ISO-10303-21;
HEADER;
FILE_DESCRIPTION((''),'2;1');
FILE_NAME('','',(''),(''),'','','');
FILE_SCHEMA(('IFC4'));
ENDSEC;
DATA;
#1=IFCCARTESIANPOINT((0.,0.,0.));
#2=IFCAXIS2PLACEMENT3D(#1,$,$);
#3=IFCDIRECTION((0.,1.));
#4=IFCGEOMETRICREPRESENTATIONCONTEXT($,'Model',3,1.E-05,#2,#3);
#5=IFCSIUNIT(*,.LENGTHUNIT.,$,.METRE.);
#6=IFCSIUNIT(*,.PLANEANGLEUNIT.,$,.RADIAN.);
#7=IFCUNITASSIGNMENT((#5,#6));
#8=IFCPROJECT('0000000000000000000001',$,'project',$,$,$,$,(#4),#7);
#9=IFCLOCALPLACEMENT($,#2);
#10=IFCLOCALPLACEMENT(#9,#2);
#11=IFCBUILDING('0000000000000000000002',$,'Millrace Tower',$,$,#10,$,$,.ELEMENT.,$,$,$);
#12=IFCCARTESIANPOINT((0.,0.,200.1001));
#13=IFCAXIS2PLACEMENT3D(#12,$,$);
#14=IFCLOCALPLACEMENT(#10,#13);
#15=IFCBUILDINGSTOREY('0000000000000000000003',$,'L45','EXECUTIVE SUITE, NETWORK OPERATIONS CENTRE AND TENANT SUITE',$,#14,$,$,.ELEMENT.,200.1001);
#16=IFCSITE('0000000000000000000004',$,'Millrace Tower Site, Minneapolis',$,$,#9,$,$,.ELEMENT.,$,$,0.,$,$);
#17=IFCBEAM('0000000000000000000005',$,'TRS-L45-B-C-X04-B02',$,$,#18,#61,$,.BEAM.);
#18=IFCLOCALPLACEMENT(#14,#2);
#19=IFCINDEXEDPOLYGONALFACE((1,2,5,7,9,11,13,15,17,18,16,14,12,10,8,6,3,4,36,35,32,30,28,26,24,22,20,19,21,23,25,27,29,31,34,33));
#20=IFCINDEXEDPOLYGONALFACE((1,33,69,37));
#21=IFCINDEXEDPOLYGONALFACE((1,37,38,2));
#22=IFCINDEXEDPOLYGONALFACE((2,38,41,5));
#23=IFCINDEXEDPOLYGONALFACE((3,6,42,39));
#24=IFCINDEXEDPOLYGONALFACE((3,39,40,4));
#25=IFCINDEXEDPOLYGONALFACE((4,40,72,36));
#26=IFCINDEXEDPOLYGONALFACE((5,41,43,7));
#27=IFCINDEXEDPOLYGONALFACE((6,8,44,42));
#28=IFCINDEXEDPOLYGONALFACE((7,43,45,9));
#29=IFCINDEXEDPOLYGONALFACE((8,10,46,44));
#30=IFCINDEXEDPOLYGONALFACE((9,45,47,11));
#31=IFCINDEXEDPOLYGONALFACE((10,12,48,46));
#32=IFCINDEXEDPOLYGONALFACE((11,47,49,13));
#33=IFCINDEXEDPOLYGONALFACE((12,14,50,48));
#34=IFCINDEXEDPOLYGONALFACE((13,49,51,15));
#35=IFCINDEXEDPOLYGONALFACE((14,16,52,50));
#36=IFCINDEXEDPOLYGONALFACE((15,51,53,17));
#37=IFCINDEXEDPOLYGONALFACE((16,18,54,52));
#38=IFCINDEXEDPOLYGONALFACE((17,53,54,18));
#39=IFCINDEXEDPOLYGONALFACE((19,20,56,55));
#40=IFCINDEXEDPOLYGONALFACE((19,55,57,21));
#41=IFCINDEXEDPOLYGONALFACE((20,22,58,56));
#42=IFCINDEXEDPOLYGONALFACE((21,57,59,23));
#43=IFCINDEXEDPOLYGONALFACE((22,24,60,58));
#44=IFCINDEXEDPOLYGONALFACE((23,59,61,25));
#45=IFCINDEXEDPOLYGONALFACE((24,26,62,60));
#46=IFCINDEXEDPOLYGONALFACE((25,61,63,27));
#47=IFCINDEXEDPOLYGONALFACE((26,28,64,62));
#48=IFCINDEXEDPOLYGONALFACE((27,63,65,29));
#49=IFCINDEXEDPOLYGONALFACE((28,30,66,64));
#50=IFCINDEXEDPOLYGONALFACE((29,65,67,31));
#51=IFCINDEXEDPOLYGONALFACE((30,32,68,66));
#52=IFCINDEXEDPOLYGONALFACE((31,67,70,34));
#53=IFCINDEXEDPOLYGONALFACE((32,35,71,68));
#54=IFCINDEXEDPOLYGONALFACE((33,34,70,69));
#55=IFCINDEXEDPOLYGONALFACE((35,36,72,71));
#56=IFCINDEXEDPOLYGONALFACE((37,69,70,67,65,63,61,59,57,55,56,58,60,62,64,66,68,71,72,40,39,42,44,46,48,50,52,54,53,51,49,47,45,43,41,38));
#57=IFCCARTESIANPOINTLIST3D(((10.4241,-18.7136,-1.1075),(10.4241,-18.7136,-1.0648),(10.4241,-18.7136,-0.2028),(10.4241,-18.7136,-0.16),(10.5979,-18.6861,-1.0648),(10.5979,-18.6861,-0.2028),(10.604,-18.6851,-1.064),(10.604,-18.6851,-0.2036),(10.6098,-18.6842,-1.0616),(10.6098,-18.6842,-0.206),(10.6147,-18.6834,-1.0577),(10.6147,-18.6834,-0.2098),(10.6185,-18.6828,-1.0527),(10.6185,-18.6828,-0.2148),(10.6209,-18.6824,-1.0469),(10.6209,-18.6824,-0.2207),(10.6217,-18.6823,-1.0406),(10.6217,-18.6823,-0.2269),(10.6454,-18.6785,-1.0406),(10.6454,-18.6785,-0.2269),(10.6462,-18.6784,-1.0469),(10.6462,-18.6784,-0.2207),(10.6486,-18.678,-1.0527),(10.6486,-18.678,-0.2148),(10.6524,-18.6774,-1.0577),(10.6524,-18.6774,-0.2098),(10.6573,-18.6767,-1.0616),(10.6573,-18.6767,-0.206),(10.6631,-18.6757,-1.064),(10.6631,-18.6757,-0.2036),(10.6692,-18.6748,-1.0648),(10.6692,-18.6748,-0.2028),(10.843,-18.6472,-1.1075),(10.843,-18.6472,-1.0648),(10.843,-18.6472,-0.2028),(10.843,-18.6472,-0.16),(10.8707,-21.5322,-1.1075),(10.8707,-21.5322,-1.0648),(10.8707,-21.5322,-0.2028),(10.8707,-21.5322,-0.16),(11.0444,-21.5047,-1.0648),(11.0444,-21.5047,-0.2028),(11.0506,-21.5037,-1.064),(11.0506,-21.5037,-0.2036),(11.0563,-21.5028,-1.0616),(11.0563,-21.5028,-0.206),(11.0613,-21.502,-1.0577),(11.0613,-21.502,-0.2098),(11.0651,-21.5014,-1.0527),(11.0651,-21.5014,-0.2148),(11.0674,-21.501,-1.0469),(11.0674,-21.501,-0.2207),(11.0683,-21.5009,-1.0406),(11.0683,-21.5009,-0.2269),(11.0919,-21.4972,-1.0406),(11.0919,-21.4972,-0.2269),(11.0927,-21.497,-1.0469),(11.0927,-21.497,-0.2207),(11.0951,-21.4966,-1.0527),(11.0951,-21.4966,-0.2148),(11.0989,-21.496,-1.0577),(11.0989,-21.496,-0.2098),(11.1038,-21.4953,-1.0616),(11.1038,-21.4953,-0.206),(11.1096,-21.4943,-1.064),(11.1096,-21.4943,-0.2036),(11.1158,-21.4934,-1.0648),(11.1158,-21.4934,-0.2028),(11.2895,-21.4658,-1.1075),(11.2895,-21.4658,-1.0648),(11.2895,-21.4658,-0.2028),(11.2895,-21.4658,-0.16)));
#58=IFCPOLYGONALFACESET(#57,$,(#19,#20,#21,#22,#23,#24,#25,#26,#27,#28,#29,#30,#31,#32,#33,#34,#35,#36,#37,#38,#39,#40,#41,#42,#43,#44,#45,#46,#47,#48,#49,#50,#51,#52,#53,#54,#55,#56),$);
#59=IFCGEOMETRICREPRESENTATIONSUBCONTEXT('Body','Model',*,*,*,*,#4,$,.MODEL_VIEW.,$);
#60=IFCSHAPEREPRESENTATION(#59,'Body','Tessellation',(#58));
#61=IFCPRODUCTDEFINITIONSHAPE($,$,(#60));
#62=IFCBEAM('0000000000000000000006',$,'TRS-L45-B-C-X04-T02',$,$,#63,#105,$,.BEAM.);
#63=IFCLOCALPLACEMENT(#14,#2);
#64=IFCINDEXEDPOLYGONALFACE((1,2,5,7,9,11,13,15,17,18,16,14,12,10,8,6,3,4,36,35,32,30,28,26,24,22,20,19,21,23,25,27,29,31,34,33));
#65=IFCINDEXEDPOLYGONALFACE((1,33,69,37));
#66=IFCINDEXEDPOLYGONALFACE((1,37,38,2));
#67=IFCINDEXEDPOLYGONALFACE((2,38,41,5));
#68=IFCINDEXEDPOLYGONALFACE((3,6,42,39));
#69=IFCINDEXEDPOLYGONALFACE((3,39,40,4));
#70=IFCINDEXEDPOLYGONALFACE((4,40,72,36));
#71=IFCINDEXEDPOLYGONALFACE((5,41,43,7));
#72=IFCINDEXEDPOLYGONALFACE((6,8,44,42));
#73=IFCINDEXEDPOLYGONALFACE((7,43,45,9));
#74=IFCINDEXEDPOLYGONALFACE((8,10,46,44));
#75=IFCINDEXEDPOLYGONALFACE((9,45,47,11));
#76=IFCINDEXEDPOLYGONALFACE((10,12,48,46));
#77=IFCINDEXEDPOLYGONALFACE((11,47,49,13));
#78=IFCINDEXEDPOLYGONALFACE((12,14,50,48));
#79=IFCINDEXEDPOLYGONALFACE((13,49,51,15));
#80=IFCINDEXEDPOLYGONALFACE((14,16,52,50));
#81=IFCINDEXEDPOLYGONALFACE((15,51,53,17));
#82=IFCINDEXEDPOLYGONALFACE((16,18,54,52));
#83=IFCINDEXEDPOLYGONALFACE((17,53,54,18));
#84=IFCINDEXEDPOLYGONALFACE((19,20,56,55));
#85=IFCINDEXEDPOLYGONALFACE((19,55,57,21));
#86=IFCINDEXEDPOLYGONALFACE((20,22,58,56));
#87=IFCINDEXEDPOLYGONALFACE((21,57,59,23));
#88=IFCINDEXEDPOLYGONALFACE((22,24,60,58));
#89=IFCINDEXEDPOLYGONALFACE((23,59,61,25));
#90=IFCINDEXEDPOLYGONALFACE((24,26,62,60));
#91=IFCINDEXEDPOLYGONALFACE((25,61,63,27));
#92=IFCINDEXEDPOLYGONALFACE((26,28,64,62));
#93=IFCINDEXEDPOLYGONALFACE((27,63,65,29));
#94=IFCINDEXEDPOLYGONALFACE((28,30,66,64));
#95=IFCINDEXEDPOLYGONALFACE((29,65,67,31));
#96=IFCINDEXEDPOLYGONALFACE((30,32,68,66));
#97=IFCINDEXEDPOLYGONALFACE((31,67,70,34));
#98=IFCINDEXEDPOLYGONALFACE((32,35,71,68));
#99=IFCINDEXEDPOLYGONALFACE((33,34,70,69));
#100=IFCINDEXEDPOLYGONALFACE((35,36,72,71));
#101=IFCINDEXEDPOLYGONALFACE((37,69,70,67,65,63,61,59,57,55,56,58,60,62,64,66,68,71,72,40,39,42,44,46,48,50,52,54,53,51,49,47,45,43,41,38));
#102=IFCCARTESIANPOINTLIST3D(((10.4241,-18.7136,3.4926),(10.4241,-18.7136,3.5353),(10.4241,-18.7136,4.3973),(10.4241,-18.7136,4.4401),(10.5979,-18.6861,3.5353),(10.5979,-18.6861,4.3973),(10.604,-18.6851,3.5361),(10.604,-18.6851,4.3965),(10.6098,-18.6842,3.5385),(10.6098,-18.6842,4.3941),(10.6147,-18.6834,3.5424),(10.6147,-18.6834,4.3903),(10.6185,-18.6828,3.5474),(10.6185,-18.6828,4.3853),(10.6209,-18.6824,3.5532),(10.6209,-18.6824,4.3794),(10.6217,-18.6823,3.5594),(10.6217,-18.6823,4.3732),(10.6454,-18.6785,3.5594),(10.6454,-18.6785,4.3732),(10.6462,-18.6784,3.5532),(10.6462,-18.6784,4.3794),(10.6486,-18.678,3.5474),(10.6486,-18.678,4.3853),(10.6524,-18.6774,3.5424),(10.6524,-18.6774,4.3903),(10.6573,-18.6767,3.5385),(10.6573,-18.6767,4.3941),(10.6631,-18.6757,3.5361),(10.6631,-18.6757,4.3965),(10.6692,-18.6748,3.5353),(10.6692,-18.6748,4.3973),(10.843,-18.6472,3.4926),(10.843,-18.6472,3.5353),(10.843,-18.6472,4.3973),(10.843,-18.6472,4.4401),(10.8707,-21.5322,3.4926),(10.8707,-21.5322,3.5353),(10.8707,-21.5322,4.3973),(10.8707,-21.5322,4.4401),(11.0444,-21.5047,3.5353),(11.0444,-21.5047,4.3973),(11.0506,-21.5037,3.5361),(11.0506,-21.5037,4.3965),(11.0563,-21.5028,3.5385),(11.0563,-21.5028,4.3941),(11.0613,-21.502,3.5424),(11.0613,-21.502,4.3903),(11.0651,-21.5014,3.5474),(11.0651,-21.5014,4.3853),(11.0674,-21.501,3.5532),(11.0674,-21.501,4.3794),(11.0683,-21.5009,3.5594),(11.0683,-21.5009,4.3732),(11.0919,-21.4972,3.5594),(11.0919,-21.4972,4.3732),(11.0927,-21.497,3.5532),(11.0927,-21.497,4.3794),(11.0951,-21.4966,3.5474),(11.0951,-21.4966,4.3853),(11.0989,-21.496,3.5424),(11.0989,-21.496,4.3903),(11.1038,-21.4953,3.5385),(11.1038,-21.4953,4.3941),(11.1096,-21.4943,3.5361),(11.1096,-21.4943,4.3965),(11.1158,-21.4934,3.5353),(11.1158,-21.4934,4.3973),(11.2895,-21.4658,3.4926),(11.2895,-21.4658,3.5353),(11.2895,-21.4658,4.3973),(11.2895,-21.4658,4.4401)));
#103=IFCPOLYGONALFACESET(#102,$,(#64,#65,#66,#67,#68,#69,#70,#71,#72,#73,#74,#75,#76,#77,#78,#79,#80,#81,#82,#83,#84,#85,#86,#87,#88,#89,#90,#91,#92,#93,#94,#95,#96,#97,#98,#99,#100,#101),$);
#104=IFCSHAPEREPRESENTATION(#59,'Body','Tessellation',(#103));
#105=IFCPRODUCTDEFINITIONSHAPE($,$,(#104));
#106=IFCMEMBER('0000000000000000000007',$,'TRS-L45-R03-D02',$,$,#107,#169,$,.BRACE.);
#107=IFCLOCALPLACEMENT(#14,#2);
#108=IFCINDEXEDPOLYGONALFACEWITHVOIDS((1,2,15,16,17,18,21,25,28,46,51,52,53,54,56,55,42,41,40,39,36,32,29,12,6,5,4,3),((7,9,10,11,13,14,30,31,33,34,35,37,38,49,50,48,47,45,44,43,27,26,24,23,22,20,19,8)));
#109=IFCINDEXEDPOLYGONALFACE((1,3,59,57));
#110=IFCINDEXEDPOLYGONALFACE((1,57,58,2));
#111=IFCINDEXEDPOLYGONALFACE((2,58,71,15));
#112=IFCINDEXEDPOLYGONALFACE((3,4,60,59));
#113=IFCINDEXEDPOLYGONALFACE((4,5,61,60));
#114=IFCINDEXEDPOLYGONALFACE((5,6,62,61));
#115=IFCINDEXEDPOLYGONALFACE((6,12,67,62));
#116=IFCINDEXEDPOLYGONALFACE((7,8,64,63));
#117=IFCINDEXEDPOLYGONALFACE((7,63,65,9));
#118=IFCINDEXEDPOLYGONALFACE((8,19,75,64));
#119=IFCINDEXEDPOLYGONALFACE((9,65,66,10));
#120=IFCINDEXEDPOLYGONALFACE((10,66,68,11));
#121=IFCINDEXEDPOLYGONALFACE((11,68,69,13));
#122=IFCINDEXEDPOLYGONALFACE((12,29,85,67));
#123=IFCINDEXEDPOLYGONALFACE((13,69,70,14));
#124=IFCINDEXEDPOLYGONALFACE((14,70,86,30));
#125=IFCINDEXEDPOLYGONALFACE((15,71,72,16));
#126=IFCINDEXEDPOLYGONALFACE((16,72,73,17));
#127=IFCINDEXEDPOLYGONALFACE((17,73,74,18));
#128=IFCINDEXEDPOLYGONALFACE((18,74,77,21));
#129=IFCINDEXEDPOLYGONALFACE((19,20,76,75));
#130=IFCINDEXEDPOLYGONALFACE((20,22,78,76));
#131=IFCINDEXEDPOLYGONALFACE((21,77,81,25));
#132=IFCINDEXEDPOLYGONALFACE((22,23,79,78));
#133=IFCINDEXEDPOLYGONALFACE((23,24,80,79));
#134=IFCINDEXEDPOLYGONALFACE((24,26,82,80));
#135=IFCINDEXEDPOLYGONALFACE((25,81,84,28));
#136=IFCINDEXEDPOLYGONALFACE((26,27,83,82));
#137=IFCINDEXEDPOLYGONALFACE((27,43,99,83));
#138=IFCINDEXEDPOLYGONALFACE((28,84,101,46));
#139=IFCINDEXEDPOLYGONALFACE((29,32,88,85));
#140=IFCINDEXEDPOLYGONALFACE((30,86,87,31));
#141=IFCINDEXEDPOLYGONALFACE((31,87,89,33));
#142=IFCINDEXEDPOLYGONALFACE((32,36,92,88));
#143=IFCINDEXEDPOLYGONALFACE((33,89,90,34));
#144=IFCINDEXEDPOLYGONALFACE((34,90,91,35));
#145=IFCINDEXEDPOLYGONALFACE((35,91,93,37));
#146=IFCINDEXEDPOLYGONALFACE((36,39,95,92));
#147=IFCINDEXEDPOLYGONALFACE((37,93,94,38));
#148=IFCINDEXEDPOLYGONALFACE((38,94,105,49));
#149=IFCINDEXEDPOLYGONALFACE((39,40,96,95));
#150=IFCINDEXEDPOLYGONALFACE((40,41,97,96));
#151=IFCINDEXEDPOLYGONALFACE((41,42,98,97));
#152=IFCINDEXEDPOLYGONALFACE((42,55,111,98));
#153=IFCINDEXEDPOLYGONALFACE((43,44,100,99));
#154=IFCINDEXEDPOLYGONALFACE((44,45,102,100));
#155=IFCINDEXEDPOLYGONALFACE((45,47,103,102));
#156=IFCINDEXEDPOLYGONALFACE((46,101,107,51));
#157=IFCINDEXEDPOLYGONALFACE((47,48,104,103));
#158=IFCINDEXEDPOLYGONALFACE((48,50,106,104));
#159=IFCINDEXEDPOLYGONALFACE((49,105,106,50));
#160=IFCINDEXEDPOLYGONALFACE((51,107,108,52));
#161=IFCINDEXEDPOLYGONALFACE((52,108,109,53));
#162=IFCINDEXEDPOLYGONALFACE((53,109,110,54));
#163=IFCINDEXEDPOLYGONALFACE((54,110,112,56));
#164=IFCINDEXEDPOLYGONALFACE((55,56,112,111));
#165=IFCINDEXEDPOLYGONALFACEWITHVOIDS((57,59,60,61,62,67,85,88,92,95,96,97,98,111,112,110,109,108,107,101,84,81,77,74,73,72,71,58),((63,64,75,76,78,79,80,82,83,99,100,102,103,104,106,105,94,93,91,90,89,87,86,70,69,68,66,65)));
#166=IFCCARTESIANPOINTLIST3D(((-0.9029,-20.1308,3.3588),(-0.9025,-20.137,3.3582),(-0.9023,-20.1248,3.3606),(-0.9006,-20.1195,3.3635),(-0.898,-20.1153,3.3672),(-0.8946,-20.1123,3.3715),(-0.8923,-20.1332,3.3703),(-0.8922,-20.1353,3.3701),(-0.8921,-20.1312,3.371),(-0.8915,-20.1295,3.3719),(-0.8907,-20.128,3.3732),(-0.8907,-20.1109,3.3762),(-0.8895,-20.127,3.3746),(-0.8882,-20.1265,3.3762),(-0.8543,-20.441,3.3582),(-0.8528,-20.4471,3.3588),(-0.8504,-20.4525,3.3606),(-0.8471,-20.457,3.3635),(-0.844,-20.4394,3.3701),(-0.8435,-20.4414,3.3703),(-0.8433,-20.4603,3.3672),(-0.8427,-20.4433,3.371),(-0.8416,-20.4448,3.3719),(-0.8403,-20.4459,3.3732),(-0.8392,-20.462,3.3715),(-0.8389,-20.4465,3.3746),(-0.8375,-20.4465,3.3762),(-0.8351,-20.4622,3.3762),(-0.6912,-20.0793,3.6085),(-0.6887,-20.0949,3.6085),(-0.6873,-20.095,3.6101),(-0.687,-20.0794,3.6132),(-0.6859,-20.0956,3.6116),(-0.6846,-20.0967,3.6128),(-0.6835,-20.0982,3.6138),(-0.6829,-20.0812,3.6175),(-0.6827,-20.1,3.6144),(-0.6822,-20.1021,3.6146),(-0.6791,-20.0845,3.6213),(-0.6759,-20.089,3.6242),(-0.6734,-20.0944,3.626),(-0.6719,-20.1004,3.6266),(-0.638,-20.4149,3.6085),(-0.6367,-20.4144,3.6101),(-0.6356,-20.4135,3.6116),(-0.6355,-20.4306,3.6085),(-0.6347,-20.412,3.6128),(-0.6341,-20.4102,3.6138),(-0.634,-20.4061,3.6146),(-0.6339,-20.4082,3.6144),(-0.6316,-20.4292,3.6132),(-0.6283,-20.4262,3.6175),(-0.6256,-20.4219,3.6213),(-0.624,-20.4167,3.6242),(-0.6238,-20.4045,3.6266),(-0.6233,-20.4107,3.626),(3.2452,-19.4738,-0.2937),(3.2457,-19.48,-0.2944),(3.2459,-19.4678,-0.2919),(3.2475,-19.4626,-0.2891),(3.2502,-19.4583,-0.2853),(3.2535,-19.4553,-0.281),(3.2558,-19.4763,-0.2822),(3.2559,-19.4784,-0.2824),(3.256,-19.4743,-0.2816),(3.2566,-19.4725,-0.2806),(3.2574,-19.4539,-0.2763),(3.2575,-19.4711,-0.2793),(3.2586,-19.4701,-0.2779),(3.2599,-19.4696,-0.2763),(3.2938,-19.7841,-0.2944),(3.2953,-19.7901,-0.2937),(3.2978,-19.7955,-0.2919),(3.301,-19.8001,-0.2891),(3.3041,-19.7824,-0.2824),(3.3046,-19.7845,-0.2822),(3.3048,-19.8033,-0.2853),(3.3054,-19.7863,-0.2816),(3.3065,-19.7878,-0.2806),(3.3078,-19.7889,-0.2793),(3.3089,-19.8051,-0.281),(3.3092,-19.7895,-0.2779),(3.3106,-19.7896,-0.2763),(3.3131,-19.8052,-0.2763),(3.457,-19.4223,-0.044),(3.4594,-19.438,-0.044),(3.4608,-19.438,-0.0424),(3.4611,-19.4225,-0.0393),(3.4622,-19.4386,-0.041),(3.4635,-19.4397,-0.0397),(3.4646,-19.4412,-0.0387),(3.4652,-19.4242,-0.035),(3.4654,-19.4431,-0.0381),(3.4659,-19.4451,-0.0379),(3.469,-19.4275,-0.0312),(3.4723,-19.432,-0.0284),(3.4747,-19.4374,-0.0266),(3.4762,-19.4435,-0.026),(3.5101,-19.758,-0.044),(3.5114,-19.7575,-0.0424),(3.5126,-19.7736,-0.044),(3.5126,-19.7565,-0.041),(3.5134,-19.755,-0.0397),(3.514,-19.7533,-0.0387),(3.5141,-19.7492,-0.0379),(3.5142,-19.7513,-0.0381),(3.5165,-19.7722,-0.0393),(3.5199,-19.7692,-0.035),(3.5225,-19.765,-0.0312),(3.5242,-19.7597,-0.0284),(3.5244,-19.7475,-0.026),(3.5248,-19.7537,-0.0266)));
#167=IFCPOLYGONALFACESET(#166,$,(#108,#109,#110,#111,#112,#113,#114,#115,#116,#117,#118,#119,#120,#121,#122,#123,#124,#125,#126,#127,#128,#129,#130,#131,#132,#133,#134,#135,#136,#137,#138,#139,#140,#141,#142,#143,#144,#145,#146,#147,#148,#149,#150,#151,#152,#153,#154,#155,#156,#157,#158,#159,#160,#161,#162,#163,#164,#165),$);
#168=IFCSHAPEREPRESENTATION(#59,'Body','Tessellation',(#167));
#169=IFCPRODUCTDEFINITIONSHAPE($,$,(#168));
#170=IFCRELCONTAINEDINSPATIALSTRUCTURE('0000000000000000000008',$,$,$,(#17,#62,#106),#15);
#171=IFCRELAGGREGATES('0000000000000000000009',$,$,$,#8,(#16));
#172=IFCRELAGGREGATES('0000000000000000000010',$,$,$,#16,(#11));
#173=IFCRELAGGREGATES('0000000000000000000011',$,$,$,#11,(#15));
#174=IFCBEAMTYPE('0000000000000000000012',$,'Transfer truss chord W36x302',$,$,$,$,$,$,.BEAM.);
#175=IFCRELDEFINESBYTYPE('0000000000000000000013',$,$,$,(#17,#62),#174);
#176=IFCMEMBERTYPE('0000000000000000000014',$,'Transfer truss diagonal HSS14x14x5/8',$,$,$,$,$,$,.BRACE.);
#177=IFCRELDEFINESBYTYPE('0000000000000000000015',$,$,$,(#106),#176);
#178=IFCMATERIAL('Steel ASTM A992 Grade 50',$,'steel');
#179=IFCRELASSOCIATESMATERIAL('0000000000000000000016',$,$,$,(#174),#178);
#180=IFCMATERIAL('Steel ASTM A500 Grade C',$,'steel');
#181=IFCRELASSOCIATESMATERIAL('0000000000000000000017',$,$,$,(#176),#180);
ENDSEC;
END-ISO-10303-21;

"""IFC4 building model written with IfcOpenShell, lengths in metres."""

from ifc_helpers import new_model, si_unit, direction, frame, origin, origin_2d, place, context, subcontext, project, spatial, hollow_rectangle, i_section, extrude, material, material_profile, profile_set, type_object, element, save


model = new_model("IFC4")

# Units and contexts
model_context = context("Model", 3, precision=1e-05, world=origin(), true_north=direction((0.0, 1.0)))
body_context = subcontext(model_context, "Body", "Model", "MODEL_VIEW")
ifc_project = project(units=[si_unit("LENGTHUNIT", "METRE"), si_unit("PLANEANGLEUNIT", "RADIAN")], contexts=[model_context])

# Site, building, storey
site_placement = place(None, origin())
site = spatial("IfcSite", under=ifc_project, at=site_placement, Name="Millrace Tower Site, Minneapolis", CompositionType="ELEMENT", RefElevation=0.0)
building_placement = place(site_placement, origin())
building = spatial("IfcBuilding", under=site, at=building_placement, Name="Millrace Tower", CompositionType="ELEMENT")
storey_placement = place(building_placement, frame((0.0, 0.0, 200.1001)))
storey = spatial("IfcBuildingStorey", under=building, at=storey_placement, Name="L45", Description="EXECUTIVE SUITE, NETWORK OPERATIONS CENTRE AND TENANT SUITE", CompositionType="ELEMENT", Elevation=200.1001)

# Beams
ifc_material_1 = material(Name="Steel ASTM A992 Grade 50", Category="steel")
ifc_material_profile_1 = material_profile(ifc_material_1, i_section(OverallWidth=0.4241, OverallDepth=0.9475, WebThickness=0.0239, FlangeThickness=0.0427, FilletRadius=0.0242, at=origin_2d()))
ifc_profile_set_1 = profile_set([ifc_material_profile_1], Name="Steel ASTM A992 Grade 50")
beam_type = type_object("IfcBeamType", Name="Transfer truss chord W36x302", PredefinedType="BEAM", material=ifc_profile_set_1)
for number, where, z_axis, x_axis, name in (
    (1, (11.0801, -21.499, -0.6338), (-0.156472, 0.987682, 0.0), (-0.987682, -0.156472, 0.0), "TRS-L45-B-C-X04-B02"),
    (2, (11.0801, -21.499, 3.9663), (-0.156472, 0.987682, 0.0), (-0.987682, -0.156472, 0.0), "TRS-L45-B-C-X04-T02"),
):
    element("IfcBeam", number, at=place(storey_placement, frame(where, z_axis=z_axis, x_axis=x_axis)), inside=storey, type_object=beam_type, Name=name, PredefinedType="BEAM", context=body_context, shape_type="SweptSolid", body=[
        extrude(i_section(OverallWidth=0.4241, OverallDepth=0.9475, WebThickness=0.0239, FlangeThickness=0.0427, FilletRadius=0.0242, at=origin_2d()), origin(), (0.0, 0.0, 1.0), 2.8538),
    ])

# Member
ifc_material_2 = material(Name="Steel ASTM A500 Grade C", Category="steel")
ifc_material_profile_2 = material_profile(ifc_material_2, hollow_rectangle(XDim=0.3557, YDim=0.3557, WallThickness=0.0159, InnerFilletRadius=0.0081, OuterFilletRadius=0.0239, at=origin_2d()))
ifc_profile_set_2 = profile_set([ifc_material_profile_2], Name="Steel ASTM A500 Grade C")
member_type_1 = type_object("IfcMemberType", Name="Transfer truss diagonal HSS14x14x5/8", PredefinedType="BRACE", material=ifc_profile_set_2)
member_1_placement = place(storey_placement, frame((3.385, -19.6138, -0.1602), z_axis=(-0.745272, -0.118035, 0.65623), x_axis=(0.156428, -0.987689, 0.0)))
element("IfcMember", 3, at=member_1_placement, inside=storey, type_object=member_type_1, Name="TRS-L45-R03-D02", PredefinedType="BRACE", context=body_context, shape_type="SweptSolid", body=[
    extrude(hollow_rectangle(XDim=0.3557, YDim=0.3557, WallThickness=0.0159, InnerFilletRadius=0.0081, OuterFilletRadius=0.0239, at=origin_2d()), origin(), (0.0, 0.0, 1.0), 5.5659),
])

save(model, "model.ifc")
